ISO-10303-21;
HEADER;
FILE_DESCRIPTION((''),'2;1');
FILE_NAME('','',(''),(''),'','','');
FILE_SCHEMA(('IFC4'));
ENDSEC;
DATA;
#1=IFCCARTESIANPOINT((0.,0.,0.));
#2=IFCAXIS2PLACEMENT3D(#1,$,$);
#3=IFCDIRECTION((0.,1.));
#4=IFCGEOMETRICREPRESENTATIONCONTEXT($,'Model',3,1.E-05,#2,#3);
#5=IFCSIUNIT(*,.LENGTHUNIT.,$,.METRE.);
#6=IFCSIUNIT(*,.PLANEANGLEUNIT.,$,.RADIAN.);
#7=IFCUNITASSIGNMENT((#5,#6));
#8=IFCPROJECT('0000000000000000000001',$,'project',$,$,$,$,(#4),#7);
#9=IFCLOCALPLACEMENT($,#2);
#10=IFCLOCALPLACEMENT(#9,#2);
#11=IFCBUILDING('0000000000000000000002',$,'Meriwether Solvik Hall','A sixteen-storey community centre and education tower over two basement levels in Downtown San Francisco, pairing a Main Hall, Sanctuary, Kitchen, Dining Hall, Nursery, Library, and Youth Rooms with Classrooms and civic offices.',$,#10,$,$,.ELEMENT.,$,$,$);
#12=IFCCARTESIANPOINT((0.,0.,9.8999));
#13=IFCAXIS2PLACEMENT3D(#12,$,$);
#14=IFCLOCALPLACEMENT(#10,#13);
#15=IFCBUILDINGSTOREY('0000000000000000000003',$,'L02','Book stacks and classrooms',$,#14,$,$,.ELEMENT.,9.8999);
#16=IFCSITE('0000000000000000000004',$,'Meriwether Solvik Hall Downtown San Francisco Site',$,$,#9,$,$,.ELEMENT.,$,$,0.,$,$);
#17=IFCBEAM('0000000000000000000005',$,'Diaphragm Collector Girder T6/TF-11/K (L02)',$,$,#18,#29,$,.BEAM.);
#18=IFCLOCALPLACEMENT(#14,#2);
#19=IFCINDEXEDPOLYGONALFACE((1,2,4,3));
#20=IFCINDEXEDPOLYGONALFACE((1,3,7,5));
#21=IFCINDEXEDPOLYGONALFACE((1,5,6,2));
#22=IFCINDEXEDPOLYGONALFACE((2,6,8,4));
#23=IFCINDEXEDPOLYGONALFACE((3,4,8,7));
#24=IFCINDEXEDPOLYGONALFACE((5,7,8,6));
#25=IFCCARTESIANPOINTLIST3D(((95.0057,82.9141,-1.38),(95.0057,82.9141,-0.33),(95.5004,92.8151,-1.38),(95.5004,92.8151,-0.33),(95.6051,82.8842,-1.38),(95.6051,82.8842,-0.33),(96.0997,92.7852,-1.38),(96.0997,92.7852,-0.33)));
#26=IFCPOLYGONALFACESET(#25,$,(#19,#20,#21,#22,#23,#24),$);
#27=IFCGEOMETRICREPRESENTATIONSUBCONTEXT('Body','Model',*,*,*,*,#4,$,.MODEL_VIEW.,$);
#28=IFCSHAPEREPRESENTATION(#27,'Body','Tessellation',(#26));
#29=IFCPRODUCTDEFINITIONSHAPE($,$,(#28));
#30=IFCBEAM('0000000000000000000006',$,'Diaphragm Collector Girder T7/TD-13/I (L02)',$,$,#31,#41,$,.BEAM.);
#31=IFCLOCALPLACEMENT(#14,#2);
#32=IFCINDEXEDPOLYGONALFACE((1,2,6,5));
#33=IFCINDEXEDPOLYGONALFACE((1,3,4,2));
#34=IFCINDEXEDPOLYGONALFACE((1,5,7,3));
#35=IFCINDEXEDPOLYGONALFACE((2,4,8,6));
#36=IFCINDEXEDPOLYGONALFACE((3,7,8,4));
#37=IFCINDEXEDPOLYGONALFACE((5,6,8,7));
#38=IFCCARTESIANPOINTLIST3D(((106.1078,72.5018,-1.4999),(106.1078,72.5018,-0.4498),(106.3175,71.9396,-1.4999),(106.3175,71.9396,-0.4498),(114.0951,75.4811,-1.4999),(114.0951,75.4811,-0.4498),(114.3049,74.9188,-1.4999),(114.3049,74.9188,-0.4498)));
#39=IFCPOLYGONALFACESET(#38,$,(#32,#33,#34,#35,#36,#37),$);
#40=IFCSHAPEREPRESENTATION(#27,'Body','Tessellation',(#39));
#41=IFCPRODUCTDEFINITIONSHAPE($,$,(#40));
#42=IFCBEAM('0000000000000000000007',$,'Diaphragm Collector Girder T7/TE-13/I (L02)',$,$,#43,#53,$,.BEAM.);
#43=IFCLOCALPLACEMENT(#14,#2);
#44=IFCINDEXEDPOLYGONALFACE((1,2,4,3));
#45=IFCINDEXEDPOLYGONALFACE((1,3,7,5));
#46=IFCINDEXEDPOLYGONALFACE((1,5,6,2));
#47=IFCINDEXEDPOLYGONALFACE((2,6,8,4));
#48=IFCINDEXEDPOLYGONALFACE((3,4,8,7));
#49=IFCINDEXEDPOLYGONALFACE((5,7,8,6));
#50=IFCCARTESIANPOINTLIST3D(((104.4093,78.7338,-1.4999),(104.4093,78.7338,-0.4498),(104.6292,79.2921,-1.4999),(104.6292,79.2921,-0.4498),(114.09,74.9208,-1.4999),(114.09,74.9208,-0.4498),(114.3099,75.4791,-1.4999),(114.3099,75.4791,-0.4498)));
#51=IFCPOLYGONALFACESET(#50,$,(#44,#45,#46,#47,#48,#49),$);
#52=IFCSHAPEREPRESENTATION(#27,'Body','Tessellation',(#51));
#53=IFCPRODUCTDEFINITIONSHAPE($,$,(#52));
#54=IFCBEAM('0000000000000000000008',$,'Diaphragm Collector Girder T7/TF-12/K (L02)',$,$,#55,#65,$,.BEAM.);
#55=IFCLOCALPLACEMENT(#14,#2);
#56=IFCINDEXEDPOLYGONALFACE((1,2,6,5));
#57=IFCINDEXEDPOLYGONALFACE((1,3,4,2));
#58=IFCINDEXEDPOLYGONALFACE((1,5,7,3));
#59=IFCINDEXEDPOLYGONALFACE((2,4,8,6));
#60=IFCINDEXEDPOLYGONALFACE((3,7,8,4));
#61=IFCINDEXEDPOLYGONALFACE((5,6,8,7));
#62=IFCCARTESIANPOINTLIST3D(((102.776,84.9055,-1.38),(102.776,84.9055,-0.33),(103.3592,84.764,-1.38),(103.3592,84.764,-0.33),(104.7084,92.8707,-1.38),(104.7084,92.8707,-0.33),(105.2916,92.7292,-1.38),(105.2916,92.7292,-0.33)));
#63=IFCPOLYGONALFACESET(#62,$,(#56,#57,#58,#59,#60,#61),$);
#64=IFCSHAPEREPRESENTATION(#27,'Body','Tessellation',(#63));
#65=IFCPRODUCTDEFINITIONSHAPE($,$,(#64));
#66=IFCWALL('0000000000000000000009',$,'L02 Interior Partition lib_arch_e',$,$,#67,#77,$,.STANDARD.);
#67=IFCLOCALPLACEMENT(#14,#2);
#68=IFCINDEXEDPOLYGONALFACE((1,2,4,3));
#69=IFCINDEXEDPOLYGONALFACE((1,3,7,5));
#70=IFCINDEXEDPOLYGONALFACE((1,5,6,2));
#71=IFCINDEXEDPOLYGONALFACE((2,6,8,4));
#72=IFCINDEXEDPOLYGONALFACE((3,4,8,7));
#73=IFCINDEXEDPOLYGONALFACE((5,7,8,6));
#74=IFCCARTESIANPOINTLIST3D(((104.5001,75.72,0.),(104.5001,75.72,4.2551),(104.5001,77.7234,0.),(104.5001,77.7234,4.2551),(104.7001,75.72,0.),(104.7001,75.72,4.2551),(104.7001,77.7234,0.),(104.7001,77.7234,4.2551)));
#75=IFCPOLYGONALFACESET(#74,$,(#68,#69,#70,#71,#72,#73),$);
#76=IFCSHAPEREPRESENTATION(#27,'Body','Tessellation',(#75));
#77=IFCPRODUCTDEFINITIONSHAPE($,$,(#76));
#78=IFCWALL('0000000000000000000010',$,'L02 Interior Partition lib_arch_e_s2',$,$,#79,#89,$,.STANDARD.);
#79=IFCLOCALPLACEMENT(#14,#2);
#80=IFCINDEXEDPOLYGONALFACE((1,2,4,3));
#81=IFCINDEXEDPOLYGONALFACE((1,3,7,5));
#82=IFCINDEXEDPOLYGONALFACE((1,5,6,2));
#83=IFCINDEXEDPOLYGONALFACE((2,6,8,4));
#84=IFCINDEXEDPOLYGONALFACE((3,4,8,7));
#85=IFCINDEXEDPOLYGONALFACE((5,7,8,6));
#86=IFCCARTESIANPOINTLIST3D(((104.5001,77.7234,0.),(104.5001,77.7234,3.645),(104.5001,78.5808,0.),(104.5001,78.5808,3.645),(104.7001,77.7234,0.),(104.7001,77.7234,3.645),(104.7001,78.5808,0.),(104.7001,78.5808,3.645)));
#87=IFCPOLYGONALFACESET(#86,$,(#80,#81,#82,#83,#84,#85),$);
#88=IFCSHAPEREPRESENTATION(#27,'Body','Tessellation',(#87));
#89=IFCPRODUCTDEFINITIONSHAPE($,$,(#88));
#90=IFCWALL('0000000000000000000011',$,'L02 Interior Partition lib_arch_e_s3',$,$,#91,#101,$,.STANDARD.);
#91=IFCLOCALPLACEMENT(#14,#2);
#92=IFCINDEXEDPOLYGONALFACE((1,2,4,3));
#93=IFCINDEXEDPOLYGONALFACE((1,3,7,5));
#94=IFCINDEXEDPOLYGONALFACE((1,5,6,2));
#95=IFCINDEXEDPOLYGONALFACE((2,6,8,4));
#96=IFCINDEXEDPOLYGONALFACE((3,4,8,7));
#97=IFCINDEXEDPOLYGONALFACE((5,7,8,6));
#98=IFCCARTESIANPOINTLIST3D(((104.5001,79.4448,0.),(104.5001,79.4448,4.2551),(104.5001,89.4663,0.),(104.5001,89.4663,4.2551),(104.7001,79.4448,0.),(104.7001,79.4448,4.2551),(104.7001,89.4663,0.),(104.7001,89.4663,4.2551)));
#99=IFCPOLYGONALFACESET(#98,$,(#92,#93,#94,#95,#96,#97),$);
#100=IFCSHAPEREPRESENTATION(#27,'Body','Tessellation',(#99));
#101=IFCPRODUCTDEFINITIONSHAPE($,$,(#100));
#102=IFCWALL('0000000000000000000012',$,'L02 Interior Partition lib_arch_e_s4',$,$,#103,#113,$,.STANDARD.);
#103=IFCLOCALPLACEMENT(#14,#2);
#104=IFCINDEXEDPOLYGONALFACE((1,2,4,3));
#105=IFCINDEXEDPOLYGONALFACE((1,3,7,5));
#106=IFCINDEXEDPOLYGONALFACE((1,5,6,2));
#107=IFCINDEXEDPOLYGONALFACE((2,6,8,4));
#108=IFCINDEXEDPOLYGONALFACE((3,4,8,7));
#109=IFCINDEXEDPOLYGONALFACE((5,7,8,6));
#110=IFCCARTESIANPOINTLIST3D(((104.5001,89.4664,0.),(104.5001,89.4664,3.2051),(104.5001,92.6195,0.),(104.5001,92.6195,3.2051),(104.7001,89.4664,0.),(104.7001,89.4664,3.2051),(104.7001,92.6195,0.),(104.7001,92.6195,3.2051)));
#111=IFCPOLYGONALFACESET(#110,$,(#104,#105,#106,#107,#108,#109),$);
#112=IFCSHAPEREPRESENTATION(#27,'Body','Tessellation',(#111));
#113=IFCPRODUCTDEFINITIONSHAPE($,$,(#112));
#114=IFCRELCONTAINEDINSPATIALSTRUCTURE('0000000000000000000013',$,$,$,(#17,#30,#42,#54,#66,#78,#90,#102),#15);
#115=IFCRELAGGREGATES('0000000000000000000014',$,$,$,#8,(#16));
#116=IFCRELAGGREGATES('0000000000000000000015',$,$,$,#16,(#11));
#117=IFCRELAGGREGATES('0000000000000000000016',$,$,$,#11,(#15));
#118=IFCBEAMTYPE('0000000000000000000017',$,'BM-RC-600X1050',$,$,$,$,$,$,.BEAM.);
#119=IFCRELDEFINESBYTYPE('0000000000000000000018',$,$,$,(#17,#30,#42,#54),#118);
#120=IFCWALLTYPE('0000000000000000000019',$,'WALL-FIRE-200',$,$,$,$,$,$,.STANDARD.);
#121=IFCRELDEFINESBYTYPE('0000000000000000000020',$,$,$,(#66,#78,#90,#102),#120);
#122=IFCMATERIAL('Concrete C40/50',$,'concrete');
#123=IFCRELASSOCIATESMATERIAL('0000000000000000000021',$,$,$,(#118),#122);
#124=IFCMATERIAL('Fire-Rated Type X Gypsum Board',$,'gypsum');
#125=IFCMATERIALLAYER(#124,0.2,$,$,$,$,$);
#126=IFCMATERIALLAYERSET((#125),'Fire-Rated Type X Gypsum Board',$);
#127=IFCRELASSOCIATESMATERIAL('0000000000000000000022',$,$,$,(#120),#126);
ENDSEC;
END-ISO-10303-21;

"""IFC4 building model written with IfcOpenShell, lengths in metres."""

from ifc_helpers import new_model, si_unit, direction, frame, frame_2d, origin, origin_2d, place, context, subcontext, project, spatial, rectangle, extrude, material, layer, layer_set, material_profile, profile_set, type_object, element, save


model = new_model("IFC4")

# Units and contexts
model_context = context("Model", 3, precision=1e-05, world=origin(), true_north=direction((0.0, 1.0)))
body_context = subcontext(model_context, "Body", "Model", "MODEL_VIEW")
ifc_project = project(units=[si_unit("LENGTHUNIT", "METRE"), si_unit("PLANEANGLEUNIT", "RADIAN")], contexts=[model_context])

# Site, building, storey
site_placement = place(None, origin())
site = spatial("IfcSite", under=ifc_project, at=site_placement, Name="Meriwether Solvik Hall Downtown San Francisco Site", CompositionType="ELEMENT", RefElevation=0.0)
building_placement = place(site_placement, origin())
building = spatial("IfcBuilding", under=site, at=building_placement, Name="Meriwether Solvik Hall", Description="A sixteen-storey community centre and education tower over two basement levels in Downtown San Francisco, pairing a Main Hall, Sanctuary, Kitchen, Dining Hall, Nursery, Library, and Youth Rooms with Classrooms and civic offices.", CompositionType="ELEMENT")
storey_placement = place(building_placement, frame((0.0, 0.0, 9.8999)))
storey = spatial("IfcBuildingStorey", under=building, at=storey_placement, Name="L02", Description="Book stacks and classrooms", CompositionType="ELEMENT", Elevation=9.8999)

# Beams
ifc_material_1 = material(Name="Concrete C40/50", Category="concrete")
ifc_material_profile_1 = material_profile(ifc_material_1, rectangle(XDim=0.6001, YDim=1.05, at=origin_2d()), Name="RCB-600X1050")
ifc_profile_set_1 = profile_set([ifc_material_profile_1], Name="Concrete C40/50")
beam_type_1 = type_object("IfcBeamType", Name="BM-RC-600X1050", PredefinedType="BEAM", material=ifc_profile_set_1)
beam_1_placement = place(storey_placement, frame((95.3054, 82.8992, -0.855), z_axis=(0.049896, 0.998754, 0.0), x_axis=(-0.998754, 0.049896, 0.0)))
element("IfcBeam", 1, at=beam_1_placement, inside=storey, type_object=beam_type_1, Name="Diaphragm Collector Girder T6/TF-11/K (L02)", PredefinedType="BEAM", context=body_context, shape_type="SweptSolid", body=[
    extrude(rectangle(XDim=0.6001, YDim=1.05, at=origin_2d()), origin(), (0.0, 0.0, 1.0), 9.9133),
])
beam_2_placement = place(storey_placement, frame((106.2126, 72.2207, -0.9749), z_axis=(0.936944, 0.349478, 0.0), x_axis=(-0.349478, 0.936944, 0.0)))
element("IfcBeam", 2, at=beam_2_placement, inside=storey, type_object=beam_type_1, Name="Diaphragm Collector Girder T7/TD-13/I (L02)", PredefinedType="BEAM", context=body_context, shape_type="SweptSolid", body=[
    extrude(rectangle(XDim=0.6001, YDim=1.05, at=origin_2d()), origin(), (0.0, 0.0, 1.0), 8.5249),
])
beam_3_placement = place(storey_placement, frame((104.5193, 79.0129, -0.9749), z_axis=(0.930428, -0.366474, 0.0), x_axis=(0.366474, 0.930428, 0.0)))
element("IfcBeam", 3, at=beam_3_placement, inside=storey, type_object=beam_type_1, Name="Diaphragm Collector Girder T7/TE-13/I (L02)", PredefinedType="BEAM", context=body_context, shape_type="SweptSolid", body=[
    extrude(rectangle(XDim=0.6001, YDim=1.05, at=origin_2d()), origin(), (0.0, 0.0, 1.0), 10.4045),
])
beam_4_placement = place(storey_placement, frame((103.0676, 84.8347, -0.855), z_axis=(0.235759, 0.971811, 0.0), x_axis=(-0.971811, 0.235759, 0.0)))
element("IfcBeam", 4, at=beam_4_placement, inside=storey, type_object=beam_type_1, Name="Diaphragm Collector Girder T7/TF-12/K (L02)", PredefinedType="BEAM", context=body_context, shape_type="SweptSolid", body=[
    extrude(rectangle(XDim=0.6001, YDim=1.05, at=origin_2d()), origin(), (0.0, 0.0, 1.0), 8.1963),
])

# Walls
ifc_material_2 = material(Name="Fire-Rated Type X Gypsum Board", Category="gypsum")
ifc_layer = layer(ifc_material_2, 0.2)
ifc_layer_set = layer_set([ifc_layer], Name="Fire-Rated Type X Gypsum Board")
wall_type = type_object("IfcWallType", Name="WALL-FIRE-200", PredefinedType="STANDARD", material=ifc_layer_set)
wall_1_placement = place(storey_placement, frame((104.6001, 75.72, 0.0), z_axis=(0.0, 0.0, 1.0), x_axis=(0.0, 1.0, 0.0)))
element("IfcWall", 5, at=wall_1_placement, inside=storey, type_object=wall_type, Name="L02 Interior Partition lib_arch_e", PredefinedType="STANDARD", context=body_context, shape_type="SweptSolid", body=[
    extrude(rectangle(XDim=2.0034, YDim=0.2, at=frame_2d((1.0017, 0.0))), origin(), (0.0, 0.0, 1.0), 4.2551),
])
wall_2_placement = place(storey_placement, frame((104.6001, 77.7234, 0.0), z_axis=(0.0, 0.0, 1.0), x_axis=(0.0, 1.0, 0.0)))
element("IfcWall", 6, at=wall_2_placement, inside=storey, type_object=wall_type, Name="L02 Interior Partition lib_arch_e_s2", PredefinedType="STANDARD", context=body_context, shape_type="SweptSolid", body=[
    extrude(rectangle(XDim=0.8574, YDim=0.2, at=frame_2d((0.4287, 0.0))), origin(), (0.0, 0.0, 1.0), 3.645),
])
wall_3_placement = place(storey_placement, frame((104.6001, 79.4448, 0.0), z_axis=(0.0, 0.0, 1.0), x_axis=(0.0, 1.0, 0.0)))
element("IfcWall", 7, at=wall_3_placement, inside=storey, type_object=wall_type, Name="L02 Interior Partition lib_arch_e_s3", PredefinedType="STANDARD", context=body_context, shape_type="SweptSolid", body=[
    extrude(rectangle(XDim=10.0215, YDim=0.2, at=frame_2d((5.0107, 0.0))), origin(), (0.0, 0.0, 1.0), 4.2551),
])
wall_4_placement = place(storey_placement, frame((104.6001, 89.4663, 0.0), z_axis=(0.0, 0.0, 1.0), x_axis=(0.0, 1.0, 0.0)))
element("IfcWall", 8, at=wall_4_placement, inside=storey, type_object=wall_type, Name="L02 Interior Partition lib_arch_e_s4", PredefinedType="STANDARD", context=body_context, shape_type="SweptSolid", body=[
    extrude(rectangle(XDim=3.1531, YDim=0.2, at=frame_2d((1.5767, 0.0))), origin(), (0.0, 0.0, 1.0), 3.2051),
])

save(model, "model.ifc")
